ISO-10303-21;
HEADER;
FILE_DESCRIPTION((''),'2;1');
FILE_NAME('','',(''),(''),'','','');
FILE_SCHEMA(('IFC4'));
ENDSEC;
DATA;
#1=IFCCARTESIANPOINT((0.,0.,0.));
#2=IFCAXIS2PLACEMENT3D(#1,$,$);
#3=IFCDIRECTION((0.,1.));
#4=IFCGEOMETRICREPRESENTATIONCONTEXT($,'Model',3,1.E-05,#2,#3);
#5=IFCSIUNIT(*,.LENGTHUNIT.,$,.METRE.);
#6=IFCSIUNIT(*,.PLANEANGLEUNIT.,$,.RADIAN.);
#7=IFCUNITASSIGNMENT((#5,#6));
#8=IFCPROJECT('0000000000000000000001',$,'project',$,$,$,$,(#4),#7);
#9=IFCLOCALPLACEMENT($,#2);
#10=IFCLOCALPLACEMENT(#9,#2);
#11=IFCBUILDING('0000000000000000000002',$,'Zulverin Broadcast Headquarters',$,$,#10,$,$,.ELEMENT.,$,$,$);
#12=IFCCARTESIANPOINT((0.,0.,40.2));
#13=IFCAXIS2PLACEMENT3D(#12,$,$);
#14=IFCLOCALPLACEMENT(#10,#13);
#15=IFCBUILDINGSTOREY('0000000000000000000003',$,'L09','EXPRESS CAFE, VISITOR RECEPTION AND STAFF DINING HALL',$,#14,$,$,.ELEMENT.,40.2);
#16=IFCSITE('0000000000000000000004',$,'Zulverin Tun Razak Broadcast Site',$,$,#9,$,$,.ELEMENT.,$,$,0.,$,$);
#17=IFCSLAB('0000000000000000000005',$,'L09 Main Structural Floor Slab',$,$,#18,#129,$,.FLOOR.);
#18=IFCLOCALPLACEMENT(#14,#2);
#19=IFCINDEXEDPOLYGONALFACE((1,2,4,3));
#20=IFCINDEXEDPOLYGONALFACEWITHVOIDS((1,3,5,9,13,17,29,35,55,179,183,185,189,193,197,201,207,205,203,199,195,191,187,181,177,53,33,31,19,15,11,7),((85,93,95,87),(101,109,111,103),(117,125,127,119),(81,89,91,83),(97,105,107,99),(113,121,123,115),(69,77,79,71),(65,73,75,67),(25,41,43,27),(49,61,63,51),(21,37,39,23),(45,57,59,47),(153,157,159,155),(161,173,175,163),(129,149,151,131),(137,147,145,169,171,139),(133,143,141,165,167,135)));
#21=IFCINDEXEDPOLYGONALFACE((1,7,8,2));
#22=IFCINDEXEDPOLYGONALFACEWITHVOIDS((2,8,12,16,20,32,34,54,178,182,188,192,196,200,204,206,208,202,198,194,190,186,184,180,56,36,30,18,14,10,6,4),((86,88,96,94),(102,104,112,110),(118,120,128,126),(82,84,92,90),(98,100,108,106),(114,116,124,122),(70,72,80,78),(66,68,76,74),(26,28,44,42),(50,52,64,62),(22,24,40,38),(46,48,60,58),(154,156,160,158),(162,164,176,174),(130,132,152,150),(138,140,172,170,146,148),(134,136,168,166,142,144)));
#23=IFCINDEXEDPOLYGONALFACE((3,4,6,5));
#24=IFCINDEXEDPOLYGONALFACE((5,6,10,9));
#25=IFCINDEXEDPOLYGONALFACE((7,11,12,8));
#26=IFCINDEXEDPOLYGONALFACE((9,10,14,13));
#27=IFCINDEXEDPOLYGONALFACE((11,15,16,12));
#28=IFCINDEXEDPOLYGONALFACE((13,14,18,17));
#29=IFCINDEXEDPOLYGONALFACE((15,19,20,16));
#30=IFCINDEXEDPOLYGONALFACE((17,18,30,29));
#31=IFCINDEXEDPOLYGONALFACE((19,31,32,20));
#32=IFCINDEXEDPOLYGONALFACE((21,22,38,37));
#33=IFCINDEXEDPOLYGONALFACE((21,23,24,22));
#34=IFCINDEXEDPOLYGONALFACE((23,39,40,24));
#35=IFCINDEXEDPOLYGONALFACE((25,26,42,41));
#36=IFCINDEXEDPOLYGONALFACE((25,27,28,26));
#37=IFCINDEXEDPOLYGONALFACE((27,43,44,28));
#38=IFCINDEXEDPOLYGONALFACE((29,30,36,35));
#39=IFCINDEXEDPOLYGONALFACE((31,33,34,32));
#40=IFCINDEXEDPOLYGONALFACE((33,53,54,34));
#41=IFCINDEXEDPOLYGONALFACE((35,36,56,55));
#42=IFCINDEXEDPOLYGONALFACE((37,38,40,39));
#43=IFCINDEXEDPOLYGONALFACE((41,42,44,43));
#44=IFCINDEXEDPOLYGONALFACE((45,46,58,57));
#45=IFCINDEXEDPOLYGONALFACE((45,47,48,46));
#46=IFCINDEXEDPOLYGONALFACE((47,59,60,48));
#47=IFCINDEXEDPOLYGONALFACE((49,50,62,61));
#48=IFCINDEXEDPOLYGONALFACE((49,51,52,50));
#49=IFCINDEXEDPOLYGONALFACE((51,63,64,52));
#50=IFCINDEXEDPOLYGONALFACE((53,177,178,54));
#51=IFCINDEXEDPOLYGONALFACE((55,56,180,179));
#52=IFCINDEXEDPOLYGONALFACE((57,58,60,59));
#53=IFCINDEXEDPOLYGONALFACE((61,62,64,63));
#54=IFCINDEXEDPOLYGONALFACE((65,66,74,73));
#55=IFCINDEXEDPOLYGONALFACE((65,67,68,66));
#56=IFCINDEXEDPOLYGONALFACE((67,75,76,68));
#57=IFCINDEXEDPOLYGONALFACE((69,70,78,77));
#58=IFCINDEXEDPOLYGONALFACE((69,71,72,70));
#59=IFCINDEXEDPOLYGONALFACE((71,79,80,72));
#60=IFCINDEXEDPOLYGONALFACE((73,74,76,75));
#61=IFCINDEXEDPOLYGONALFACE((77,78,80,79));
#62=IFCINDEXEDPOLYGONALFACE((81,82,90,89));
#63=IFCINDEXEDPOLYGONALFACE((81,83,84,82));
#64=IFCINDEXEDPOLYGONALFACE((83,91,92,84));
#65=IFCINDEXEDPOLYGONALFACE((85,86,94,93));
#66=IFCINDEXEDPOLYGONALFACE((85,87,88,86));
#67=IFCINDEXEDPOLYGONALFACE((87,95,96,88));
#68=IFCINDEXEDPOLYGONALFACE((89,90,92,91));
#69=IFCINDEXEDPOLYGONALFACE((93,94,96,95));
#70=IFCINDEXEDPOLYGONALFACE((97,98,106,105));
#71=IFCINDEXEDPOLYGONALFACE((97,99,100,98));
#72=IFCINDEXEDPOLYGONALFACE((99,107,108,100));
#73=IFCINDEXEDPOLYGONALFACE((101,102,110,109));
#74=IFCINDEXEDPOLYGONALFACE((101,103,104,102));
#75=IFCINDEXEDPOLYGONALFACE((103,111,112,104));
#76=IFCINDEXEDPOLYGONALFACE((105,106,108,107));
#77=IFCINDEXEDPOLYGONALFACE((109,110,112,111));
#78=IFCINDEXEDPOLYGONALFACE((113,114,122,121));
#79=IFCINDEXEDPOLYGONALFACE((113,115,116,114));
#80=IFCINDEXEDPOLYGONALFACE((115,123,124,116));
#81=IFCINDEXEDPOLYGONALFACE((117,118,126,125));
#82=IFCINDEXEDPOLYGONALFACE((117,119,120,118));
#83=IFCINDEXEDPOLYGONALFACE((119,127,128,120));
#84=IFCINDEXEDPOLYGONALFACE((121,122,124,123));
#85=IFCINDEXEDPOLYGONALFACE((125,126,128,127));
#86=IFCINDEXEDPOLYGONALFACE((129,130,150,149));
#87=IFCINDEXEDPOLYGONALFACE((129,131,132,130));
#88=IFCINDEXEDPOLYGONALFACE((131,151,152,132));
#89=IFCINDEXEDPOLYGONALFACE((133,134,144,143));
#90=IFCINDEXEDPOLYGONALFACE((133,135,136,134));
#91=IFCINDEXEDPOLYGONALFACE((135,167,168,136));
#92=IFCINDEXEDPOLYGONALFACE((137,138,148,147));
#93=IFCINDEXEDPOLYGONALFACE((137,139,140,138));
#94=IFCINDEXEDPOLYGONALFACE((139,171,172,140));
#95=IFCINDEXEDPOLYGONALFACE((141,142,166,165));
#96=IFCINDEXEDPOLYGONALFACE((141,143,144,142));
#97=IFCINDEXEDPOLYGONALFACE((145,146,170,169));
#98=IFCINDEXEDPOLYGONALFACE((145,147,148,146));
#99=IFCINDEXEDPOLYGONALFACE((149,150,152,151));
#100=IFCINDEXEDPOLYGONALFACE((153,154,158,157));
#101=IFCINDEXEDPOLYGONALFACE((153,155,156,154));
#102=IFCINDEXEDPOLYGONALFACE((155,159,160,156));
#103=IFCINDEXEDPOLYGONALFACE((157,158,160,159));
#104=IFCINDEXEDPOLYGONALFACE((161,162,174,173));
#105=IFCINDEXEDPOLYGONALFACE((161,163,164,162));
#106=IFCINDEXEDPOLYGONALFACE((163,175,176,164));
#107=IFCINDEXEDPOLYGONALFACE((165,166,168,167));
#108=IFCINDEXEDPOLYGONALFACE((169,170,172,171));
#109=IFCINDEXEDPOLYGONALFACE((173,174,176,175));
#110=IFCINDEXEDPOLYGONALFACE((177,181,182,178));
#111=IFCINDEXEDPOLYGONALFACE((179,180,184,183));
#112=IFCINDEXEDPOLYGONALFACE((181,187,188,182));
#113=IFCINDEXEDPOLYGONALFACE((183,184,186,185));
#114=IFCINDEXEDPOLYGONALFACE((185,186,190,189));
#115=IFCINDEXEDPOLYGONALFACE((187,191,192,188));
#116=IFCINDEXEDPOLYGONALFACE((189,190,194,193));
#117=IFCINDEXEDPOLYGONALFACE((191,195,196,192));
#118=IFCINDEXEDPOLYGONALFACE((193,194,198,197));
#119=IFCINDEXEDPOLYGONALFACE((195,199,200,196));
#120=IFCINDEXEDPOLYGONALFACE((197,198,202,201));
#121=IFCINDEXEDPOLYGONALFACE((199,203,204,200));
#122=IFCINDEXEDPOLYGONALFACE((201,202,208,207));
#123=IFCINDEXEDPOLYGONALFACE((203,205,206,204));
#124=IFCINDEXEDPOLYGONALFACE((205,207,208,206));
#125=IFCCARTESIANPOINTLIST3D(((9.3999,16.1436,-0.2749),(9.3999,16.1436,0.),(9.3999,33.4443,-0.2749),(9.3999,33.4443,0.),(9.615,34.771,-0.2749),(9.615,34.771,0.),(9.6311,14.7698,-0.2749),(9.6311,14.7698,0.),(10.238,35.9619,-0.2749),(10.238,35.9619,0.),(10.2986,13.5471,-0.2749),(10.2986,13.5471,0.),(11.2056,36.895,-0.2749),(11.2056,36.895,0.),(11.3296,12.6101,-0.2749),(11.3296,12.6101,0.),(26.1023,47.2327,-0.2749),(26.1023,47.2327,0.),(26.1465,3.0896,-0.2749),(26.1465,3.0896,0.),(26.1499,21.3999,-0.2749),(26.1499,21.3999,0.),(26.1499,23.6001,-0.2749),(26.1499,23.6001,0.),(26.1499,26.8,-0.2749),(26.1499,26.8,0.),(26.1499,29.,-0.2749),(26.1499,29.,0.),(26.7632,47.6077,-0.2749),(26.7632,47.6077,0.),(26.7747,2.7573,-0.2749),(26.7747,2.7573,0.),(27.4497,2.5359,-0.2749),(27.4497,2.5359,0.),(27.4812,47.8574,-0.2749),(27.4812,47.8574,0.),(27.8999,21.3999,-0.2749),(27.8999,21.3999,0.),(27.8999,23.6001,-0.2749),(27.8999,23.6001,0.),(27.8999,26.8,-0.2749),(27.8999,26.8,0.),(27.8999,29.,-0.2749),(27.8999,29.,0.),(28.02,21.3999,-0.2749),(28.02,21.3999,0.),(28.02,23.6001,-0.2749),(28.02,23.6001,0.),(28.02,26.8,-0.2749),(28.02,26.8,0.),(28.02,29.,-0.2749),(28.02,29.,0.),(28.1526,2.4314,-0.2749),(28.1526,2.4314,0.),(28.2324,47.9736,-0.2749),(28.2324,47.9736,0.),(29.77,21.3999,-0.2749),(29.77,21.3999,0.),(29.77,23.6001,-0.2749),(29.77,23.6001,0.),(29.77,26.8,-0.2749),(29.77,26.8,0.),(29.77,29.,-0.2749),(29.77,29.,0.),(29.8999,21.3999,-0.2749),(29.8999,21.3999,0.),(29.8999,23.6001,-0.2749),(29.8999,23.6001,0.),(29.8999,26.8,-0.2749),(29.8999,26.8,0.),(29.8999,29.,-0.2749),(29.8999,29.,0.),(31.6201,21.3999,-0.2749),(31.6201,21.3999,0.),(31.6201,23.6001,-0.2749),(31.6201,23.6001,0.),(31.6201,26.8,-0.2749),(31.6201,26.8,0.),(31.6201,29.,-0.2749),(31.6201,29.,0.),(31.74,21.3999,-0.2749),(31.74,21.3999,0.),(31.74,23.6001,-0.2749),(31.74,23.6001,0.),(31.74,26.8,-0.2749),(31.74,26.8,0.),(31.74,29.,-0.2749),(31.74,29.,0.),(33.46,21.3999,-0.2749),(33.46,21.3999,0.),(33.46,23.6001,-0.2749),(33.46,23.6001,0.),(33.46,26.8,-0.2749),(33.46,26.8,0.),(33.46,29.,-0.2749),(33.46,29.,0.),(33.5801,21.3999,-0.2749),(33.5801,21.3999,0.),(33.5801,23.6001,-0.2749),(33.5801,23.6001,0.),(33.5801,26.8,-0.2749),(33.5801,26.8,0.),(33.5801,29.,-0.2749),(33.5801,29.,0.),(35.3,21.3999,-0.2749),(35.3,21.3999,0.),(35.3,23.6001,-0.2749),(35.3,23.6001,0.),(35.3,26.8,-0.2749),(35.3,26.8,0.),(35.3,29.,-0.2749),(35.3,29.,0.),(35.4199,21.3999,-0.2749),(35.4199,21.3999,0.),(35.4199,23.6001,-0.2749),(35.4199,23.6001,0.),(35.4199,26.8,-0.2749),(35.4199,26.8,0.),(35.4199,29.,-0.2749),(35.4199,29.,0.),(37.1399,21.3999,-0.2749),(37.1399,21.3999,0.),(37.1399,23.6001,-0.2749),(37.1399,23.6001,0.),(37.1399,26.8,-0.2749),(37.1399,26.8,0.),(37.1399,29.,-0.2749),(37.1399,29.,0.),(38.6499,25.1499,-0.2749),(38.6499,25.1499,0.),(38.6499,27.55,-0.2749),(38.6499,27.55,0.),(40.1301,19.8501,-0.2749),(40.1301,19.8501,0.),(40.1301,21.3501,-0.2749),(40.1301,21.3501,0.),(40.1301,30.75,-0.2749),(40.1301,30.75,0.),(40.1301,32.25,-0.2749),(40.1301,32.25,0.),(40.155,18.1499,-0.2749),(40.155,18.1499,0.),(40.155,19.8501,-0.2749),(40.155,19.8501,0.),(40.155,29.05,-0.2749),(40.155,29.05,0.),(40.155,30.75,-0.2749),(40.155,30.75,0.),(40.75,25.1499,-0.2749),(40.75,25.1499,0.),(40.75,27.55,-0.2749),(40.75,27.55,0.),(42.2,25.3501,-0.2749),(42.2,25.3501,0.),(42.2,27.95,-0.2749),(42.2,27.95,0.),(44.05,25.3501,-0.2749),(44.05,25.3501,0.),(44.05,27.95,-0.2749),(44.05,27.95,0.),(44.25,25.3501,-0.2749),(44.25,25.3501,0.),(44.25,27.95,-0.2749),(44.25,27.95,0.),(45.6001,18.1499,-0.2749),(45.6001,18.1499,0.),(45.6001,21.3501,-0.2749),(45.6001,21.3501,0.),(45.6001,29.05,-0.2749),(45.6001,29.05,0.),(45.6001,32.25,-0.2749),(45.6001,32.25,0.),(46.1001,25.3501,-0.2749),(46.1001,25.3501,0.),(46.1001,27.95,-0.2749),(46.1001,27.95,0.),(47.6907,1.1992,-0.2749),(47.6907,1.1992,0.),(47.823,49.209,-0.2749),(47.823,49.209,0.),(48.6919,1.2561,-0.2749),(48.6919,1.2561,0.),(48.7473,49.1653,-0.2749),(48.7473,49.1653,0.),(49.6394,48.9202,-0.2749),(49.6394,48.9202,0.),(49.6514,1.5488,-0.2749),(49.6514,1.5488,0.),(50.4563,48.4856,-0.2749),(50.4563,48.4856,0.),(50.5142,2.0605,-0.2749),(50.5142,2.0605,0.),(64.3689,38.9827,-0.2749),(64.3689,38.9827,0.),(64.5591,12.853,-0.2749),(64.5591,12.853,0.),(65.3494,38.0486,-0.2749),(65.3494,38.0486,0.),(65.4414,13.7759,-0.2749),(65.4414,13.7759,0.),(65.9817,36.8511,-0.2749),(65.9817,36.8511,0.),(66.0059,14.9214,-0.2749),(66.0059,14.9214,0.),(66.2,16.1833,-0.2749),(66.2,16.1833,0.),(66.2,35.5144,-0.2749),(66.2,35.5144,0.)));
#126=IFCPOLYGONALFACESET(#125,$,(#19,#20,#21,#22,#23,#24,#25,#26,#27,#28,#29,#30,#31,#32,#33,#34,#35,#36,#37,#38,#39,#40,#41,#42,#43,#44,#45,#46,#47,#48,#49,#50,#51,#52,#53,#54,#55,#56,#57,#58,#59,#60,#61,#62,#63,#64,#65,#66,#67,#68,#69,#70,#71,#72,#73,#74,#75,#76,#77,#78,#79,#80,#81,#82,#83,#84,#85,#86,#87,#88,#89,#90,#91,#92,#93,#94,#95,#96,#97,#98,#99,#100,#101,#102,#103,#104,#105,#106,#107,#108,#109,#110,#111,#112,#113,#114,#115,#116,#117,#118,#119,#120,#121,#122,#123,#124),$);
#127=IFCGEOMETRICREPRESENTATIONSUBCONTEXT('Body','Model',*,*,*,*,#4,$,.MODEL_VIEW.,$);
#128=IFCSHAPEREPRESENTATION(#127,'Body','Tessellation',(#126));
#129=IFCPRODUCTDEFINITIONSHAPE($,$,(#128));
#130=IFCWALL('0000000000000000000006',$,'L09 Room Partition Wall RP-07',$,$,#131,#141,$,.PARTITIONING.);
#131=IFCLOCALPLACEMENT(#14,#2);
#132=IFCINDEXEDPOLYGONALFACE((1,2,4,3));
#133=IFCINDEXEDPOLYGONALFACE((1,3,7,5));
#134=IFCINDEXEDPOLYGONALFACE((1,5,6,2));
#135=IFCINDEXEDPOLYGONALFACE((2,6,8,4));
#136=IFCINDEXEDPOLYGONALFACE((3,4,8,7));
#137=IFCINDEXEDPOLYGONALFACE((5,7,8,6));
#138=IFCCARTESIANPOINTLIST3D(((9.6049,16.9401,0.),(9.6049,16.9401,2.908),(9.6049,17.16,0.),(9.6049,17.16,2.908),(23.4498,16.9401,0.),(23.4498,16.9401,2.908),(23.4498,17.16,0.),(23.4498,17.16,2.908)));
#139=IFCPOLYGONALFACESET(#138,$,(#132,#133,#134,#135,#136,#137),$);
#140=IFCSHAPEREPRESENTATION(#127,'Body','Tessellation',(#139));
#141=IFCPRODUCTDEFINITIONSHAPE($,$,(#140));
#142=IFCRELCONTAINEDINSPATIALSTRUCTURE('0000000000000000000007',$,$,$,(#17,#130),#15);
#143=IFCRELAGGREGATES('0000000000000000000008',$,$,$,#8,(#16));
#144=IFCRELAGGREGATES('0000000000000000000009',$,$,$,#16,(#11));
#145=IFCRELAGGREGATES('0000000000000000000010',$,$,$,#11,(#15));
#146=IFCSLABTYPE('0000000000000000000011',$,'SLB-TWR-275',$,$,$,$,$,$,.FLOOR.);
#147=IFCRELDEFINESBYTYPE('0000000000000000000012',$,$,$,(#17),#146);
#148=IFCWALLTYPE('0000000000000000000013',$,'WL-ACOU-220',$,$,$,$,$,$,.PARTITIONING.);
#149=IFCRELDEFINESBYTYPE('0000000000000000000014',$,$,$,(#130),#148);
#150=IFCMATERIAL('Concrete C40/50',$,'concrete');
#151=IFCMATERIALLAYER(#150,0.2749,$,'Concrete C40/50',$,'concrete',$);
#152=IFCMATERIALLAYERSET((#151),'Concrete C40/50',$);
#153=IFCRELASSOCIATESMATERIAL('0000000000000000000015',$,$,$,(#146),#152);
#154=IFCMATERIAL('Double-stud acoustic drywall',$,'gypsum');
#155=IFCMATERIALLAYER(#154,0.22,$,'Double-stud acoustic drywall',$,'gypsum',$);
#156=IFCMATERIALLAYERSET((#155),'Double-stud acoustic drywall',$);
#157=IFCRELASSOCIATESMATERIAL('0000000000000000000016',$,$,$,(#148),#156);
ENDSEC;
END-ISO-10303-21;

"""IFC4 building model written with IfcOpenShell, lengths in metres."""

from ifc_helpers import new_model, si_unit, direction, frame, frame_2d, origin, place, context, subcontext, project, spatial, polyline, rectangle, outline, extrude, material, layer, layer_set, type_object, element, save


model = new_model("IFC4")

# Units and contexts
model_context = context("Model", 3, precision=1e-05, world=origin(), true_north=direction((0.0, 1.0)))
body_context = subcontext(model_context, "Body", "Model", "MODEL_VIEW")
ifc_project = project(units=[si_unit("LENGTHUNIT", "METRE"), si_unit("PLANEANGLEUNIT", "RADIAN")], contexts=[model_context])

# Site, building, storey
site_placement = place(None, origin())
site = spatial("IfcSite", under=ifc_project, at=site_placement, Name="Zulverin Tun Razak Broadcast Site", CompositionType="ELEMENT", RefElevation=0.0)
building_placement = place(site_placement, origin())
building = spatial("IfcBuilding", under=site, at=building_placement, Name="Zulverin Broadcast Headquarters", CompositionType="ELEMENT")
storey_placement = place(building_placement, frame((0.0, 0.0, 40.2)))
storey = spatial("IfcBuildingStorey", under=building, at=storey_placement, Name="L09", Description="EXPRESS CAFE, VISITOR RECEPTION AND STAFF DINING HALL", CompositionType="ELEMENT", Elevation=40.2)

# Shared definitions
ifc_material_1 = material(Name="Concrete C40/50", Category="concrete")

# Slab
ifc_layer_1 = layer(ifc_material_1, 0.2749, Name="Concrete C40/50", Category="concrete")
ifc_layer_set_1 = layer_set([ifc_layer_1], Name="Concrete C40/50")
slab_type_1 = type_object("IfcSlabType", Name="SLB-TWR-275", PredefinedType="FLOOR", material=ifc_layer_set_1)
slab_1_placement = place(storey_placement, frame((0.0, 0.0, -0.2749)))
element("IfcSlab", 1, at=slab_1_placement, inside=storey, type_object=slab_type_1, Name="L09 Main Structural Floor Slab", PredefinedType="FLOOR", context=body_context, shape_type="SweptSolid", body=[
    extrude(outline(polyline([(26.1465, 3.0896), (26.7747, 2.7573), (27.4497, 2.5359), (28.1526, 2.4314), (47.6907, 1.1992), (48.6919, 1.2561), (49.6514, 1.5488), (50.5142, 2.0605), (64.5591, 12.853), (65.4414, 13.7759), (66.0059, 14.9214), (66.2, 16.1833), (66.2, 35.5144), (65.9817, 36.8511), (65.3494, 38.0486), (64.3689, 38.9827), (50.4563, 48.4856), (49.6394, 48.9202), (48.7473, 49.1653), (47.823, 49.209), (28.2324, 47.9736), (27.4812, 47.8574), (26.7632, 47.6077), (26.1023, 47.2327), (11.2056, 36.895), (10.238, 35.9619), (9.615, 34.771), (9.3999, 33.4443), (9.3999, 16.1436), (9.6311, 14.7698), (10.2986, 13.5471), (11.3296, 12.6101), (26.1465, 3.0896)]), holes=[polyline([(40.155, 30.75), (40.1301, 30.75), (40.1301, 32.25), (45.6001, 32.25), (45.6001, 29.05), (40.155, 29.05), (40.155, 30.75)]), polyline([(40.155, 19.8501), (40.1301, 19.8501), (40.1301, 21.3501), (45.6001, 21.3501), (45.6001, 18.1499), (40.155, 18.1499), (40.155, 19.8501)]), polyline([(26.1499, 26.8), (27.8999, 26.8), (27.8999, 29.0), (26.1499, 29.0), (26.1499, 26.8)]), polyline([(28.02, 26.8), (29.77, 26.8), (29.77, 29.0), (28.02, 29.0), (28.02, 26.8)]), polyline([(26.1499, 21.3999), (27.8999, 21.3999), (27.8999, 23.6001), (26.1499, 23.6001), (26.1499, 21.3999)]), polyline([(28.02, 21.3999), (29.77, 21.3999), (29.77, 23.6001), (28.02, 23.6001), (28.02, 21.3999)]), polyline([(29.8999, 21.3999), (31.6201, 21.3999), (31.6201, 23.6001), (29.8999, 23.6001), (29.8999, 21.3999)]), polyline([(31.74, 21.3999), (33.46, 21.3999), (33.46, 23.6001), (31.74, 23.6001), (31.74, 21.3999)]), polyline([(33.5801, 21.3999), (35.3, 21.3999), (35.3, 23.6001), (33.5801, 23.6001), (33.5801, 21.3999)]), polyline([(35.4199, 21.3999), (37.1399, 21.3999), (37.1399, 23.6001), (35.4199, 23.6001), (35.4199, 21.3999)]), polyline([(29.8999, 26.8), (31.6201, 26.8), (31.6201, 29.0), (29.8999, 29.0), (29.8999, 26.8)]), polyline([(31.74, 26.8), (33.46, 26.8), (33.46, 29.0), (31.74, 29.0), (31.74, 26.8)]), polyline([(33.5801, 26.8), (35.3, 26.8), (35.3, 29.0), (33.5801, 29.0), (33.5801, 26.8)]), polyline([(35.4199, 26.8), (37.1399, 26.8), (37.1399, 29.0), (35.4199, 29.0), (35.4199, 26.8)]), polyline([(42.2, 25.3501), (44.05, 25.3501), (44.05, 27.95), (42.2, 27.95), (42.2, 25.3501)]), polyline([(44.25, 25.3501), (46.1001, 25.3501), (46.1001, 27.95), (44.25, 27.95), (44.25, 25.3501)]), polyline([(38.6499, 25.1499), (40.75, 25.1499), (40.75, 27.55), (38.6499, 27.55), (38.6499, 25.1499)])]), origin(), (0.0, 0.0, 1.0), 0.2749),
])

# Wall
ifc_material_2 = material(Name="Double-stud acoustic drywall", Category="gypsum")
ifc_layer_2 = layer(ifc_material_2, 0.22, Name="Double-stud acoustic drywall", Category="gypsum")
ifc_layer_set_2 = layer_set([ifc_layer_2], Name="Double-stud acoustic drywall")
wall_type_1 = type_object("IfcWallType", Name="WL-ACOU-220", PredefinedType="PARTITIONING", material=ifc_layer_set_2)
wall_1_placement = place(storey_placement, frame((9.605, 17.05, 0.0), z_axis=(0.0, 0.0, 1.0), x_axis=(1.0, 0.0, 0.0)))
element("IfcWall", 2, at=wall_1_placement, inside=storey, type_object=wall_type_1, Name="L09 Room Partition Wall RP-07", PredefinedType="PARTITIONING", context=body_context, shape_type="SweptSolid", body=[
    extrude(rectangle(XDim=13.845, YDim=0.22, at=frame_2d((6.9224, 0.0))), origin(), (0.0, 0.0, 1.0), 2.908),
])

save(model, "model.ifc")
